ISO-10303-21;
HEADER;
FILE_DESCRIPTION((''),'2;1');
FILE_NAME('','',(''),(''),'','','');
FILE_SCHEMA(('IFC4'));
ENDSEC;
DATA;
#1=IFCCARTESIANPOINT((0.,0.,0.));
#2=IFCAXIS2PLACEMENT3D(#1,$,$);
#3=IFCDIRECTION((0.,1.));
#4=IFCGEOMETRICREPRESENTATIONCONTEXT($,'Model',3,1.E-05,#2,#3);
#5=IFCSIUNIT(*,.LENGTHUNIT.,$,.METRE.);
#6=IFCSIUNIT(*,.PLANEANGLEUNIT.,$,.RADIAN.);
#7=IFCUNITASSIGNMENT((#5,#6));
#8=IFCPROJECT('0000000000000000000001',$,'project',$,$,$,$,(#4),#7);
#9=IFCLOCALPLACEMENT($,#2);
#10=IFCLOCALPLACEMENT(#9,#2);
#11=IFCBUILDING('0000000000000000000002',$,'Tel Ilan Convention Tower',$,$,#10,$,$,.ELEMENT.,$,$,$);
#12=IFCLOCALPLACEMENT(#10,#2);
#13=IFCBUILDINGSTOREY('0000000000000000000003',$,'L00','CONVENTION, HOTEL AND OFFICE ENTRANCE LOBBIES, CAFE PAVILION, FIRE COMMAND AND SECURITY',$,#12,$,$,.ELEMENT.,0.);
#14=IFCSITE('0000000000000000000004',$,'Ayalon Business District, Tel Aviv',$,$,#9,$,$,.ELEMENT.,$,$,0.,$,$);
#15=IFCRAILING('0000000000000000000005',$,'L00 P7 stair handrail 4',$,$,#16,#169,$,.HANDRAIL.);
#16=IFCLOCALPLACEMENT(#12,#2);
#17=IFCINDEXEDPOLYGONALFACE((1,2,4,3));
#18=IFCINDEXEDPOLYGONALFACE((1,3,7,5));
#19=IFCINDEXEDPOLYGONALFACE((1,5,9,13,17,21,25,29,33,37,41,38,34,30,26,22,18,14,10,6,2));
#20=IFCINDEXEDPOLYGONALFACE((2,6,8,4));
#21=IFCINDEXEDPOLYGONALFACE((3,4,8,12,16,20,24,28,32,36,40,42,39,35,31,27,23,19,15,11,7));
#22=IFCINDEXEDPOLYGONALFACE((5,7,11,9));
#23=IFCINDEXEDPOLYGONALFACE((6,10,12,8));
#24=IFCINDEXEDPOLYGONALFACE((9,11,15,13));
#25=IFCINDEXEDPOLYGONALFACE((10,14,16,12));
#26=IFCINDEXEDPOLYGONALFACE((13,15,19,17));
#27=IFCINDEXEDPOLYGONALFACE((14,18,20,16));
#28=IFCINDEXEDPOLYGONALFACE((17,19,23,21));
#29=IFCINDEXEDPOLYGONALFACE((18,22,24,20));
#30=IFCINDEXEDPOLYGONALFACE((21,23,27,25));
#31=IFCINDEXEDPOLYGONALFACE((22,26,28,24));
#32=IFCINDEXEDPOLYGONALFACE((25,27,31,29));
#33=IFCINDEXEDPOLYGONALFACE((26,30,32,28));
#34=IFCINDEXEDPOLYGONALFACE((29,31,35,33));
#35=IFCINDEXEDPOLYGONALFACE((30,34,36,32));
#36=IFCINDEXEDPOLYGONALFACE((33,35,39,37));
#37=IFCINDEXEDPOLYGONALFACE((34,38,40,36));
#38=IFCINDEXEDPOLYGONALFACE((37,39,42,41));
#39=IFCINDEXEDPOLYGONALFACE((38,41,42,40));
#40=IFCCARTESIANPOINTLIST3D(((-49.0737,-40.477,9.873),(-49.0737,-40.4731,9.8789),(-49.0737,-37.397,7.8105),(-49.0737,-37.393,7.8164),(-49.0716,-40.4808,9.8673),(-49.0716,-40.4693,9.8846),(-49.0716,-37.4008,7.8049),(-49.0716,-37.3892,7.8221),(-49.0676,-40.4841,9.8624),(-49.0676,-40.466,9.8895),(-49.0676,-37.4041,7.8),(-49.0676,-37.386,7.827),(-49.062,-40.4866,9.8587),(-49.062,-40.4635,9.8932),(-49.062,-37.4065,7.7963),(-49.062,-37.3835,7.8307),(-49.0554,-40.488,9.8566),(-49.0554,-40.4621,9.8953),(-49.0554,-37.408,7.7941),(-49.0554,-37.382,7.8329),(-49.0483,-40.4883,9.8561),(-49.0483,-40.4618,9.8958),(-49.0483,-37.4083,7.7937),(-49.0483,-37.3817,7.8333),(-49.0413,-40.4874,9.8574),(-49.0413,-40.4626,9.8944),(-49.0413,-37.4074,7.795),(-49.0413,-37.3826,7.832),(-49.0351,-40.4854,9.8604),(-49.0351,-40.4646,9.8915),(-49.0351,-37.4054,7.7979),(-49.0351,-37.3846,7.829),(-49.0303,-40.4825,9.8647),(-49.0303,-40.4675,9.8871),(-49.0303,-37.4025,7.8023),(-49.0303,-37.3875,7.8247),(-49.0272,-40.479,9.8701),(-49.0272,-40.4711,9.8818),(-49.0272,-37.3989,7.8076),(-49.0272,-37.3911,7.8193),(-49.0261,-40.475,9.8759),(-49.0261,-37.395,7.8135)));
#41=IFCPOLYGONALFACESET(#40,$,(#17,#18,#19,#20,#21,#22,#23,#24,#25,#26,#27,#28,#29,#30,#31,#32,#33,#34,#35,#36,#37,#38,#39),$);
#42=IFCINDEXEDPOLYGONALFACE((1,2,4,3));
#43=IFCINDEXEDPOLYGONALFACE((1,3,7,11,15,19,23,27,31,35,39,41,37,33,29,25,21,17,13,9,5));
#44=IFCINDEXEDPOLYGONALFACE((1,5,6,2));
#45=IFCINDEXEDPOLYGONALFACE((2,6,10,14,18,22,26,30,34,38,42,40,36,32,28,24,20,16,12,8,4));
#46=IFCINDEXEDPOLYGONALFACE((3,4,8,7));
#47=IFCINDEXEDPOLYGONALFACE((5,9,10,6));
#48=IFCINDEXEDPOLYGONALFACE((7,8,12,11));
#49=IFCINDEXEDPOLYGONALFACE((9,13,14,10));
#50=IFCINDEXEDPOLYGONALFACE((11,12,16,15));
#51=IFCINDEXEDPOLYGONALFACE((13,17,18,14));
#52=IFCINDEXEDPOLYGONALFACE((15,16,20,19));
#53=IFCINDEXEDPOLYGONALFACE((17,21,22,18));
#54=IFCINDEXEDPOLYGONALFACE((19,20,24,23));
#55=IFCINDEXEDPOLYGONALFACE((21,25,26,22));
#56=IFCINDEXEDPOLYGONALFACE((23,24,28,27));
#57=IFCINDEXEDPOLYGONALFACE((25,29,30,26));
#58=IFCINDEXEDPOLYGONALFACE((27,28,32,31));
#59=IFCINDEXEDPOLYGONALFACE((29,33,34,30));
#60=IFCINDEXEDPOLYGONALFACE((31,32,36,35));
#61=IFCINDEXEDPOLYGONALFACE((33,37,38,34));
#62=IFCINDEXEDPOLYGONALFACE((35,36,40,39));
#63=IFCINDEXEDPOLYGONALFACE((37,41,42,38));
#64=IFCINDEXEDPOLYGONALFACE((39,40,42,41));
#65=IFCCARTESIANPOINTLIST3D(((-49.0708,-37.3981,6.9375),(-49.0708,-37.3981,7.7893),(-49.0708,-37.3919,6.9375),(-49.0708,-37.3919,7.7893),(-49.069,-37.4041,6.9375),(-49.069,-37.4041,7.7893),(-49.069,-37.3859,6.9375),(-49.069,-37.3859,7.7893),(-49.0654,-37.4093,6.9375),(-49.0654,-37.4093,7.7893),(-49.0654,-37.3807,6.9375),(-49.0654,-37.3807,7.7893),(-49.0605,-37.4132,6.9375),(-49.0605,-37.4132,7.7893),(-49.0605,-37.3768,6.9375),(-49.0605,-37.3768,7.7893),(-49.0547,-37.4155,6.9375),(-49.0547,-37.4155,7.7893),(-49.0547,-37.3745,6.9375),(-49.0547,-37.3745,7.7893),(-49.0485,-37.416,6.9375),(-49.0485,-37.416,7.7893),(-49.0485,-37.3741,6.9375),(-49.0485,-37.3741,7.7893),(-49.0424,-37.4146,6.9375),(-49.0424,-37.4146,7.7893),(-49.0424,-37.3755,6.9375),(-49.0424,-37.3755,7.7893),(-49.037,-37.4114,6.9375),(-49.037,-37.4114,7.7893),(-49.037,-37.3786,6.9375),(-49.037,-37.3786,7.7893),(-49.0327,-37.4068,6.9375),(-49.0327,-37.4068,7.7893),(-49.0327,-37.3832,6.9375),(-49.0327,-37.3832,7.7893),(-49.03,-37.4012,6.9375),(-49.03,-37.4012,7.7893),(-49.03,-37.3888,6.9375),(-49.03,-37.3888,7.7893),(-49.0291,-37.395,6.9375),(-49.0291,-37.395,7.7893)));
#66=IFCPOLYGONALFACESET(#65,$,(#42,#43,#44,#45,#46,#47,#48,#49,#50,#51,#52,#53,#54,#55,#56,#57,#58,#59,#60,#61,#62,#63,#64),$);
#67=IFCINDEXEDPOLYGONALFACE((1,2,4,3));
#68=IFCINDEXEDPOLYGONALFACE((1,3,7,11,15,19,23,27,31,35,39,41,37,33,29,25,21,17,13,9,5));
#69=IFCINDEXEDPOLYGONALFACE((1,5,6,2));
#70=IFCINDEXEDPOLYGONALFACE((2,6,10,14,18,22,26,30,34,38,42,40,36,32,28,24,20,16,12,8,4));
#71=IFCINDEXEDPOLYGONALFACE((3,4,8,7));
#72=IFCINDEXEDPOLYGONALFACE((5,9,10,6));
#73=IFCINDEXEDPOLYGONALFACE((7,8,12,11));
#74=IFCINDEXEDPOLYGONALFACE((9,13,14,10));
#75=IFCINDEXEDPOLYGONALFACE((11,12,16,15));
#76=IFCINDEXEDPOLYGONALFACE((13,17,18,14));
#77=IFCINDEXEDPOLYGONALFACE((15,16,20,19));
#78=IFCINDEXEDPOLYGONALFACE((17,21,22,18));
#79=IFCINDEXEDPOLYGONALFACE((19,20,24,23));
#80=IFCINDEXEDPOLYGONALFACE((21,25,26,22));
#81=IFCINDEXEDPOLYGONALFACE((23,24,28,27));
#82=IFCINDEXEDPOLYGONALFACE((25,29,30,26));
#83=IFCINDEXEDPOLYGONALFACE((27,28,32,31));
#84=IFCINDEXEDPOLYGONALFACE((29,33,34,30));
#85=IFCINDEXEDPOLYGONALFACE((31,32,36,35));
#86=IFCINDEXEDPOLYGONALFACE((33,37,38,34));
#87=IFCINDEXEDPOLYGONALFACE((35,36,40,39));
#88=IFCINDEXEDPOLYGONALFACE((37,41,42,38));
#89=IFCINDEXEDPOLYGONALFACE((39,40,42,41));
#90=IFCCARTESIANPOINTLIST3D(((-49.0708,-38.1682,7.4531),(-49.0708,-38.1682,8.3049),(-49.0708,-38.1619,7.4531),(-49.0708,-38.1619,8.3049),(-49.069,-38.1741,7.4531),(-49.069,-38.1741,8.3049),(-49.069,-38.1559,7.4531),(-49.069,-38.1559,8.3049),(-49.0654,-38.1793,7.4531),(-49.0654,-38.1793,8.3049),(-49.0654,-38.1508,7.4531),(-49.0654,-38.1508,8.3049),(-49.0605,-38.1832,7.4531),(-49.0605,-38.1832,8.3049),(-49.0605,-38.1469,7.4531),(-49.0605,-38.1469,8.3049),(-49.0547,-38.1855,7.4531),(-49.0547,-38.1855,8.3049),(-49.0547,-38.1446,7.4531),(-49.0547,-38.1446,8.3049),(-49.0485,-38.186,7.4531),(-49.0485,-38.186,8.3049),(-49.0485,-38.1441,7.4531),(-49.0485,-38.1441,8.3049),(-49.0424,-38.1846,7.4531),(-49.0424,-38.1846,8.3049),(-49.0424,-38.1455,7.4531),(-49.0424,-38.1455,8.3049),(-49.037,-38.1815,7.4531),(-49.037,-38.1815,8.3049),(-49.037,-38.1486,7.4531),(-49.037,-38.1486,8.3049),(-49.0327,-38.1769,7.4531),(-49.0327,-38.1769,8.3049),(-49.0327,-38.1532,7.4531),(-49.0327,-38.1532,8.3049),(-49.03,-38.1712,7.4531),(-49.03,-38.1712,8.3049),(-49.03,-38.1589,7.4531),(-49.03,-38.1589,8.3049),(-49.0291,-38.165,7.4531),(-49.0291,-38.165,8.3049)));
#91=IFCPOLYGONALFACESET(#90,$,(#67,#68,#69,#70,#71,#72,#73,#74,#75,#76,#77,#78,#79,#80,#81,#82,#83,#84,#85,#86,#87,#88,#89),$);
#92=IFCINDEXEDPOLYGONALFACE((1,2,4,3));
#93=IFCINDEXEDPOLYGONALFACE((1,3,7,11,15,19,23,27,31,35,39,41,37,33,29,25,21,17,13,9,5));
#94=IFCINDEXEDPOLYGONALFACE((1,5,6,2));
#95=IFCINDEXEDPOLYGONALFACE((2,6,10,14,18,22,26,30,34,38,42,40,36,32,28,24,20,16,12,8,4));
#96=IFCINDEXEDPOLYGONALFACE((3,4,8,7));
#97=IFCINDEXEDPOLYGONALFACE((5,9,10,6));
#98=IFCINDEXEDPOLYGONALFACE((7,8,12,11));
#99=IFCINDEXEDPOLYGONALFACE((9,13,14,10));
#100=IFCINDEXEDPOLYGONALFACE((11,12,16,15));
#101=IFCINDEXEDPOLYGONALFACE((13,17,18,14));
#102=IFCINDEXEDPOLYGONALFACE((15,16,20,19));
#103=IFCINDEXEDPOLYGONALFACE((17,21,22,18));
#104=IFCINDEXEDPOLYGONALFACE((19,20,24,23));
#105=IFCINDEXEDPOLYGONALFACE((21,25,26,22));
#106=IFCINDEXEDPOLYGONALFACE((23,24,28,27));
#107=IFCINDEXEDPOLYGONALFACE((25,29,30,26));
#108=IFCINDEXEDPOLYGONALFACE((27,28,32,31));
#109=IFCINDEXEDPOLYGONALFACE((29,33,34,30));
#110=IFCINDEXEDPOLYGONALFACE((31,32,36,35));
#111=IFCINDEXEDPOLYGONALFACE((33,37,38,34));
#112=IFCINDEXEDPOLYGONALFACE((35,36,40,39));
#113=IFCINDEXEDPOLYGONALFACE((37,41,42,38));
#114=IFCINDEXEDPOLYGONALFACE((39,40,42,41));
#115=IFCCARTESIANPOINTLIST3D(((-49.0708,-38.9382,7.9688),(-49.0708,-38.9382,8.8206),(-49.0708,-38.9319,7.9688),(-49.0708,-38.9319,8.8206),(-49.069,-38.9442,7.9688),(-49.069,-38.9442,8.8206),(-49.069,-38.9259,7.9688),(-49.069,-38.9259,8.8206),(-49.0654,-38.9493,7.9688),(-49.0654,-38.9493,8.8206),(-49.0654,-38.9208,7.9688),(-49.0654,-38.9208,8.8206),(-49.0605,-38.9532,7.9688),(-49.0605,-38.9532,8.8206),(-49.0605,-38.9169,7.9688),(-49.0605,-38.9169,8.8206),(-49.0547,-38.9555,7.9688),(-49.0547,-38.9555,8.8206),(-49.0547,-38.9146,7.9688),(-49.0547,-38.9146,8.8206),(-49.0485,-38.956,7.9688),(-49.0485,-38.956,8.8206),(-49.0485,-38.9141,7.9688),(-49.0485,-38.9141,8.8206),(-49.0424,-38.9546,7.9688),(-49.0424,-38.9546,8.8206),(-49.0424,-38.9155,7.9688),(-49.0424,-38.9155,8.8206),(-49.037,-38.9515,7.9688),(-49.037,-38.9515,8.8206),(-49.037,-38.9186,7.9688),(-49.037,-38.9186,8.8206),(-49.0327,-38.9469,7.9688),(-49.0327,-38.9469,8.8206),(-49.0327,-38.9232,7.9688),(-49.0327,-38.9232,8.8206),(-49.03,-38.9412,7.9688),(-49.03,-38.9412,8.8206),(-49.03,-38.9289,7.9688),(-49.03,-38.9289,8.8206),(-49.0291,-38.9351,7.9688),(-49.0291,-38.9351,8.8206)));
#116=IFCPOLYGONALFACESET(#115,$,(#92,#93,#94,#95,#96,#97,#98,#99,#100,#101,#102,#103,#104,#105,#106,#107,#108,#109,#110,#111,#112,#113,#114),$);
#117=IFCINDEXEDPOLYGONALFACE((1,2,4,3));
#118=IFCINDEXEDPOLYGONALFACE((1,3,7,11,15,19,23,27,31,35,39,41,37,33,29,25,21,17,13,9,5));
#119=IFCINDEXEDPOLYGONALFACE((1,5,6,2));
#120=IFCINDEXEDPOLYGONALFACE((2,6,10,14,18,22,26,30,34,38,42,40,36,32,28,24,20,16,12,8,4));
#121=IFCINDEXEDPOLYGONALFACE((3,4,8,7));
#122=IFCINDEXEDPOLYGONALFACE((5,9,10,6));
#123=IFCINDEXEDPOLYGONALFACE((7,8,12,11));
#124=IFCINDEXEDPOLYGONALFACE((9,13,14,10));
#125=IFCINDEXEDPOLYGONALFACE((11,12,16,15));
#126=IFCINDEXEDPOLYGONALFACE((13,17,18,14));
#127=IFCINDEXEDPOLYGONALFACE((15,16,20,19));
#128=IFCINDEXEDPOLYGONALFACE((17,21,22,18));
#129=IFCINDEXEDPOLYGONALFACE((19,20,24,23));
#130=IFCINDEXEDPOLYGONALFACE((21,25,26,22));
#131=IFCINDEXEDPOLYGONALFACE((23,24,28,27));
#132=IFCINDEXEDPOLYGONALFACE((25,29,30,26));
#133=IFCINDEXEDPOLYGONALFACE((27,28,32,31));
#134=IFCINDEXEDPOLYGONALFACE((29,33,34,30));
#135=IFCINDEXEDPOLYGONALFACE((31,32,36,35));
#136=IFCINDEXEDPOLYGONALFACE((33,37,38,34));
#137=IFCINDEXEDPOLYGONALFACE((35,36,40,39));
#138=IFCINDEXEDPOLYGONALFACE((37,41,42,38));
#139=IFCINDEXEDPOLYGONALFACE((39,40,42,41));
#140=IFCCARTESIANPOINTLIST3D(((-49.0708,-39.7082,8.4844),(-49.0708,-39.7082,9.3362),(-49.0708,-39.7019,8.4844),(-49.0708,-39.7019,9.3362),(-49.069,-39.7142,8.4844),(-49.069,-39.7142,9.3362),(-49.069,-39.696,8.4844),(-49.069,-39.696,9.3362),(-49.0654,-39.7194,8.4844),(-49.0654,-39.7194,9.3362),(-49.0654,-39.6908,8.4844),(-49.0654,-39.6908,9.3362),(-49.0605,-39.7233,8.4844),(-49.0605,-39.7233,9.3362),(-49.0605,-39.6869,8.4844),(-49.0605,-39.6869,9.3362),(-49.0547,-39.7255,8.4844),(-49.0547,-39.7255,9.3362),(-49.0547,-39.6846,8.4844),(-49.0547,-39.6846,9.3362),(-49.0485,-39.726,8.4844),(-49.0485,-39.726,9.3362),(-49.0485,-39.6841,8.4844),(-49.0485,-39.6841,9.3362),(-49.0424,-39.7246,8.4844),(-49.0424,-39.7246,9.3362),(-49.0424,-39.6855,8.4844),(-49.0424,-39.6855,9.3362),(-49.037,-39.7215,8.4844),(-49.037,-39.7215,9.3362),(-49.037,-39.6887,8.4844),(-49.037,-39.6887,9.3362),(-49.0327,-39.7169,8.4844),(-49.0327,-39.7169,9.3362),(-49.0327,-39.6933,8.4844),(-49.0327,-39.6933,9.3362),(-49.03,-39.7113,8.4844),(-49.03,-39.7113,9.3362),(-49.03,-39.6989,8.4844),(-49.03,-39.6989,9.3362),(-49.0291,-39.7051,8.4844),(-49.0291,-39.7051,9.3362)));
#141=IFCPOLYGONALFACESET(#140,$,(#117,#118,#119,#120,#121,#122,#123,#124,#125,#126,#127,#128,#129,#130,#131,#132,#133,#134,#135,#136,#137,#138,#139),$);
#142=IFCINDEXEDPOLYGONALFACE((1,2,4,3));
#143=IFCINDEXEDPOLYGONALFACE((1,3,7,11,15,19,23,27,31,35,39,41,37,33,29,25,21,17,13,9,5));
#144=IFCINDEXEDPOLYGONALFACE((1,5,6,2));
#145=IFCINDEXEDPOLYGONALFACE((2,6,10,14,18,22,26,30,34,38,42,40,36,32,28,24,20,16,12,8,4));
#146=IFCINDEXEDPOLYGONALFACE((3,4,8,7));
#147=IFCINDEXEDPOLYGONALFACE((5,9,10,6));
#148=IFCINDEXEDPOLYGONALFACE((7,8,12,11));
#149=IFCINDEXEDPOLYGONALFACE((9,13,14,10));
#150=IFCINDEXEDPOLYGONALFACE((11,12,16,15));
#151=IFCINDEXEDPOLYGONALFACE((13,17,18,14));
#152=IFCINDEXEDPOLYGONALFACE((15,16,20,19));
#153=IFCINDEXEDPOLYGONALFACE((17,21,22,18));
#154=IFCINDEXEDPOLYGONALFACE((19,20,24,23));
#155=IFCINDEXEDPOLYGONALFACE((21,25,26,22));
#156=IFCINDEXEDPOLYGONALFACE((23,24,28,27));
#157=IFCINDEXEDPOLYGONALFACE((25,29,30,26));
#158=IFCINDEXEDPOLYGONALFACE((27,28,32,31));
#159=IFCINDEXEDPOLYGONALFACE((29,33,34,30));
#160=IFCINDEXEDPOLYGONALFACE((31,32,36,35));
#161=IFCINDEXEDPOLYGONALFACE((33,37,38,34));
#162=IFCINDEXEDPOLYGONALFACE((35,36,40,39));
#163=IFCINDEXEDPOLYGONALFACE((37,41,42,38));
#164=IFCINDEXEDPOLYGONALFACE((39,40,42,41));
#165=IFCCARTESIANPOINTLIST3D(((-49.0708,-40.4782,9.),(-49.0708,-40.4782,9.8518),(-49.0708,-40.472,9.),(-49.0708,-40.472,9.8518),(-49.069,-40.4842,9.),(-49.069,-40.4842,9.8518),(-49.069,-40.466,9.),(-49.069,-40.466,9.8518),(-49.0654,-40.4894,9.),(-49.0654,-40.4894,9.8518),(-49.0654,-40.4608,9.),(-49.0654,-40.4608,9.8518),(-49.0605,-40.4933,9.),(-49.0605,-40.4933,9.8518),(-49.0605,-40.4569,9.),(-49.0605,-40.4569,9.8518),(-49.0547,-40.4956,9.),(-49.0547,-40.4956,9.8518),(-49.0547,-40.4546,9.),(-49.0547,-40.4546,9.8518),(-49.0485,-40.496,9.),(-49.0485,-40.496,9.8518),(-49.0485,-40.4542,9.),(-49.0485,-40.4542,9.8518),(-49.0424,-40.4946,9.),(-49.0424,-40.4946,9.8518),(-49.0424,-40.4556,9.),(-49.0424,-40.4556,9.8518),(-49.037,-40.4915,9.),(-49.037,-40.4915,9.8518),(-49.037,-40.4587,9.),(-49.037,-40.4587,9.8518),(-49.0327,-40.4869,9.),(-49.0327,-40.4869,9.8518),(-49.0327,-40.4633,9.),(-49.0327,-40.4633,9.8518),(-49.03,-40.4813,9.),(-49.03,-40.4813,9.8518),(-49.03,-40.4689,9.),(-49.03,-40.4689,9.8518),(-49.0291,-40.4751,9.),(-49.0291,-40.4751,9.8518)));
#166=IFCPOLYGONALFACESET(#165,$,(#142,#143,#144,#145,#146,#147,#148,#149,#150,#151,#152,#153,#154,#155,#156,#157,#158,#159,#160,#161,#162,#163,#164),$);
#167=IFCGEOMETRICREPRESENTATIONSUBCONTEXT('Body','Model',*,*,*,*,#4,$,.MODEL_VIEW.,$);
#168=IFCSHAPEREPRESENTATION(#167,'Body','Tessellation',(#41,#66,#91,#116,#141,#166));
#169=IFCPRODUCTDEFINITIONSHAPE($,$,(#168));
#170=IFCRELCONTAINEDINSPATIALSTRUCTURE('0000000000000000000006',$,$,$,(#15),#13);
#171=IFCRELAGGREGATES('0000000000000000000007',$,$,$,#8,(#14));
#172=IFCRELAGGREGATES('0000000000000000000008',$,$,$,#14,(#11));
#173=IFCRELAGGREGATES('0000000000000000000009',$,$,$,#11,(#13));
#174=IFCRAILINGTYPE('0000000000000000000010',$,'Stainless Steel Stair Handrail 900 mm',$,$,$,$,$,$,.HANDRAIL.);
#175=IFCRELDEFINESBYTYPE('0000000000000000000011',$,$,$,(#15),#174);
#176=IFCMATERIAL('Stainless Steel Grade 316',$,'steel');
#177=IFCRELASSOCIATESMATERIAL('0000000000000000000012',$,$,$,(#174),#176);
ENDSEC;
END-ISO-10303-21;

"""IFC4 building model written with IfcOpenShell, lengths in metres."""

from ifc_helpers import new_model, si_unit, direction, frame, origin, origin_2d, place, context, subcontext, project, spatial, circle, extrude, material, type_object, element, save


model = new_model("IFC4")

# Units and contexts
model_context = context("Model", 3, precision=1e-05, world=origin(), true_north=direction((0.0, 1.0)))
body_context = subcontext(model_context, "Body", "Model", "MODEL_VIEW")
ifc_project = project(units=[si_unit("LENGTHUNIT", "METRE"), si_unit("PLANEANGLEUNIT", "RADIAN")], contexts=[model_context])

# Site, building, storey
site_placement = place(None, origin())
site = spatial("IfcSite", under=ifc_project, at=site_placement, Name="Ayalon Business District, Tel Aviv", CompositionType="ELEMENT", RefElevation=0.0)
building_placement = place(site_placement, origin())
building = spatial("IfcBuilding", under=site, at=building_placement, Name="Tel Ilan Convention Tower", CompositionType="ELEMENT")
storey_placement = place(building_placement, origin())
storey = spatial("IfcBuildingStorey", under=building, at=storey_placement, Name="L00", Description="CONVENTION, HOTEL AND OFFICE ENTRANCE LOBBIES, CAFE PAVILION, FIRE COMMAND AND SECURITY", CompositionType="ELEMENT", Elevation=0.0)

# Railing
ifc_material_1 = material(Name="Stainless Steel Grade 316", Category="steel")
railing_type_1 = type_object("IfcRailingType", Name="Stainless Steel Stair Handrail 900 mm", PredefinedType="HANDRAIL", material=ifc_material_1)
for number, where, name in (
    (1, (-49.05, -37.395, 6.9375), "L00 P7 stair handrail 4"),
):
    element("IfcRailing", number, at=place(storey_placement, frame(where)), inside=storey, type_object=railing_type_1, Name=name, PredefinedType="HANDRAIL", context=body_context, shape_type="SweptSolid", body=[
        extrude(circle(Radius=0.0239, at=origin_2d()), frame((0.0, 0.0, 0.876), z_axis=(0.0, -0.830914, 0.556401), x_axis=(1.0, 0.0, 0.0)), (0.0, 0.0, 1.0), 3.7068),
        extrude(circle(Radius=0.021, at=origin_2d()), origin(), (0.0, 0.0, 1.0), 0.8518),
        extrude(circle(Radius=0.021, at=origin_2d()), frame((0.0, -0.77, 0.5156)), (0.0, 0.0, 1.0), 0.8518),
        extrude(circle(Radius=0.021, at=origin_2d()), frame((0.0, -1.54, 1.0312)), (0.0, 0.0, 1.0), 0.8518),
        extrude(circle(Radius=0.021, at=origin_2d()), frame((0.0, -2.3101, 1.5469)), (0.0, 0.0, 1.0), 0.8518),
        extrude(circle(Radius=0.021, at=origin_2d()), frame((0.0, -3.0801, 2.0625)), (0.0, 0.0, 1.0), 0.8518),
    ])

save(model, "model.ifc")
